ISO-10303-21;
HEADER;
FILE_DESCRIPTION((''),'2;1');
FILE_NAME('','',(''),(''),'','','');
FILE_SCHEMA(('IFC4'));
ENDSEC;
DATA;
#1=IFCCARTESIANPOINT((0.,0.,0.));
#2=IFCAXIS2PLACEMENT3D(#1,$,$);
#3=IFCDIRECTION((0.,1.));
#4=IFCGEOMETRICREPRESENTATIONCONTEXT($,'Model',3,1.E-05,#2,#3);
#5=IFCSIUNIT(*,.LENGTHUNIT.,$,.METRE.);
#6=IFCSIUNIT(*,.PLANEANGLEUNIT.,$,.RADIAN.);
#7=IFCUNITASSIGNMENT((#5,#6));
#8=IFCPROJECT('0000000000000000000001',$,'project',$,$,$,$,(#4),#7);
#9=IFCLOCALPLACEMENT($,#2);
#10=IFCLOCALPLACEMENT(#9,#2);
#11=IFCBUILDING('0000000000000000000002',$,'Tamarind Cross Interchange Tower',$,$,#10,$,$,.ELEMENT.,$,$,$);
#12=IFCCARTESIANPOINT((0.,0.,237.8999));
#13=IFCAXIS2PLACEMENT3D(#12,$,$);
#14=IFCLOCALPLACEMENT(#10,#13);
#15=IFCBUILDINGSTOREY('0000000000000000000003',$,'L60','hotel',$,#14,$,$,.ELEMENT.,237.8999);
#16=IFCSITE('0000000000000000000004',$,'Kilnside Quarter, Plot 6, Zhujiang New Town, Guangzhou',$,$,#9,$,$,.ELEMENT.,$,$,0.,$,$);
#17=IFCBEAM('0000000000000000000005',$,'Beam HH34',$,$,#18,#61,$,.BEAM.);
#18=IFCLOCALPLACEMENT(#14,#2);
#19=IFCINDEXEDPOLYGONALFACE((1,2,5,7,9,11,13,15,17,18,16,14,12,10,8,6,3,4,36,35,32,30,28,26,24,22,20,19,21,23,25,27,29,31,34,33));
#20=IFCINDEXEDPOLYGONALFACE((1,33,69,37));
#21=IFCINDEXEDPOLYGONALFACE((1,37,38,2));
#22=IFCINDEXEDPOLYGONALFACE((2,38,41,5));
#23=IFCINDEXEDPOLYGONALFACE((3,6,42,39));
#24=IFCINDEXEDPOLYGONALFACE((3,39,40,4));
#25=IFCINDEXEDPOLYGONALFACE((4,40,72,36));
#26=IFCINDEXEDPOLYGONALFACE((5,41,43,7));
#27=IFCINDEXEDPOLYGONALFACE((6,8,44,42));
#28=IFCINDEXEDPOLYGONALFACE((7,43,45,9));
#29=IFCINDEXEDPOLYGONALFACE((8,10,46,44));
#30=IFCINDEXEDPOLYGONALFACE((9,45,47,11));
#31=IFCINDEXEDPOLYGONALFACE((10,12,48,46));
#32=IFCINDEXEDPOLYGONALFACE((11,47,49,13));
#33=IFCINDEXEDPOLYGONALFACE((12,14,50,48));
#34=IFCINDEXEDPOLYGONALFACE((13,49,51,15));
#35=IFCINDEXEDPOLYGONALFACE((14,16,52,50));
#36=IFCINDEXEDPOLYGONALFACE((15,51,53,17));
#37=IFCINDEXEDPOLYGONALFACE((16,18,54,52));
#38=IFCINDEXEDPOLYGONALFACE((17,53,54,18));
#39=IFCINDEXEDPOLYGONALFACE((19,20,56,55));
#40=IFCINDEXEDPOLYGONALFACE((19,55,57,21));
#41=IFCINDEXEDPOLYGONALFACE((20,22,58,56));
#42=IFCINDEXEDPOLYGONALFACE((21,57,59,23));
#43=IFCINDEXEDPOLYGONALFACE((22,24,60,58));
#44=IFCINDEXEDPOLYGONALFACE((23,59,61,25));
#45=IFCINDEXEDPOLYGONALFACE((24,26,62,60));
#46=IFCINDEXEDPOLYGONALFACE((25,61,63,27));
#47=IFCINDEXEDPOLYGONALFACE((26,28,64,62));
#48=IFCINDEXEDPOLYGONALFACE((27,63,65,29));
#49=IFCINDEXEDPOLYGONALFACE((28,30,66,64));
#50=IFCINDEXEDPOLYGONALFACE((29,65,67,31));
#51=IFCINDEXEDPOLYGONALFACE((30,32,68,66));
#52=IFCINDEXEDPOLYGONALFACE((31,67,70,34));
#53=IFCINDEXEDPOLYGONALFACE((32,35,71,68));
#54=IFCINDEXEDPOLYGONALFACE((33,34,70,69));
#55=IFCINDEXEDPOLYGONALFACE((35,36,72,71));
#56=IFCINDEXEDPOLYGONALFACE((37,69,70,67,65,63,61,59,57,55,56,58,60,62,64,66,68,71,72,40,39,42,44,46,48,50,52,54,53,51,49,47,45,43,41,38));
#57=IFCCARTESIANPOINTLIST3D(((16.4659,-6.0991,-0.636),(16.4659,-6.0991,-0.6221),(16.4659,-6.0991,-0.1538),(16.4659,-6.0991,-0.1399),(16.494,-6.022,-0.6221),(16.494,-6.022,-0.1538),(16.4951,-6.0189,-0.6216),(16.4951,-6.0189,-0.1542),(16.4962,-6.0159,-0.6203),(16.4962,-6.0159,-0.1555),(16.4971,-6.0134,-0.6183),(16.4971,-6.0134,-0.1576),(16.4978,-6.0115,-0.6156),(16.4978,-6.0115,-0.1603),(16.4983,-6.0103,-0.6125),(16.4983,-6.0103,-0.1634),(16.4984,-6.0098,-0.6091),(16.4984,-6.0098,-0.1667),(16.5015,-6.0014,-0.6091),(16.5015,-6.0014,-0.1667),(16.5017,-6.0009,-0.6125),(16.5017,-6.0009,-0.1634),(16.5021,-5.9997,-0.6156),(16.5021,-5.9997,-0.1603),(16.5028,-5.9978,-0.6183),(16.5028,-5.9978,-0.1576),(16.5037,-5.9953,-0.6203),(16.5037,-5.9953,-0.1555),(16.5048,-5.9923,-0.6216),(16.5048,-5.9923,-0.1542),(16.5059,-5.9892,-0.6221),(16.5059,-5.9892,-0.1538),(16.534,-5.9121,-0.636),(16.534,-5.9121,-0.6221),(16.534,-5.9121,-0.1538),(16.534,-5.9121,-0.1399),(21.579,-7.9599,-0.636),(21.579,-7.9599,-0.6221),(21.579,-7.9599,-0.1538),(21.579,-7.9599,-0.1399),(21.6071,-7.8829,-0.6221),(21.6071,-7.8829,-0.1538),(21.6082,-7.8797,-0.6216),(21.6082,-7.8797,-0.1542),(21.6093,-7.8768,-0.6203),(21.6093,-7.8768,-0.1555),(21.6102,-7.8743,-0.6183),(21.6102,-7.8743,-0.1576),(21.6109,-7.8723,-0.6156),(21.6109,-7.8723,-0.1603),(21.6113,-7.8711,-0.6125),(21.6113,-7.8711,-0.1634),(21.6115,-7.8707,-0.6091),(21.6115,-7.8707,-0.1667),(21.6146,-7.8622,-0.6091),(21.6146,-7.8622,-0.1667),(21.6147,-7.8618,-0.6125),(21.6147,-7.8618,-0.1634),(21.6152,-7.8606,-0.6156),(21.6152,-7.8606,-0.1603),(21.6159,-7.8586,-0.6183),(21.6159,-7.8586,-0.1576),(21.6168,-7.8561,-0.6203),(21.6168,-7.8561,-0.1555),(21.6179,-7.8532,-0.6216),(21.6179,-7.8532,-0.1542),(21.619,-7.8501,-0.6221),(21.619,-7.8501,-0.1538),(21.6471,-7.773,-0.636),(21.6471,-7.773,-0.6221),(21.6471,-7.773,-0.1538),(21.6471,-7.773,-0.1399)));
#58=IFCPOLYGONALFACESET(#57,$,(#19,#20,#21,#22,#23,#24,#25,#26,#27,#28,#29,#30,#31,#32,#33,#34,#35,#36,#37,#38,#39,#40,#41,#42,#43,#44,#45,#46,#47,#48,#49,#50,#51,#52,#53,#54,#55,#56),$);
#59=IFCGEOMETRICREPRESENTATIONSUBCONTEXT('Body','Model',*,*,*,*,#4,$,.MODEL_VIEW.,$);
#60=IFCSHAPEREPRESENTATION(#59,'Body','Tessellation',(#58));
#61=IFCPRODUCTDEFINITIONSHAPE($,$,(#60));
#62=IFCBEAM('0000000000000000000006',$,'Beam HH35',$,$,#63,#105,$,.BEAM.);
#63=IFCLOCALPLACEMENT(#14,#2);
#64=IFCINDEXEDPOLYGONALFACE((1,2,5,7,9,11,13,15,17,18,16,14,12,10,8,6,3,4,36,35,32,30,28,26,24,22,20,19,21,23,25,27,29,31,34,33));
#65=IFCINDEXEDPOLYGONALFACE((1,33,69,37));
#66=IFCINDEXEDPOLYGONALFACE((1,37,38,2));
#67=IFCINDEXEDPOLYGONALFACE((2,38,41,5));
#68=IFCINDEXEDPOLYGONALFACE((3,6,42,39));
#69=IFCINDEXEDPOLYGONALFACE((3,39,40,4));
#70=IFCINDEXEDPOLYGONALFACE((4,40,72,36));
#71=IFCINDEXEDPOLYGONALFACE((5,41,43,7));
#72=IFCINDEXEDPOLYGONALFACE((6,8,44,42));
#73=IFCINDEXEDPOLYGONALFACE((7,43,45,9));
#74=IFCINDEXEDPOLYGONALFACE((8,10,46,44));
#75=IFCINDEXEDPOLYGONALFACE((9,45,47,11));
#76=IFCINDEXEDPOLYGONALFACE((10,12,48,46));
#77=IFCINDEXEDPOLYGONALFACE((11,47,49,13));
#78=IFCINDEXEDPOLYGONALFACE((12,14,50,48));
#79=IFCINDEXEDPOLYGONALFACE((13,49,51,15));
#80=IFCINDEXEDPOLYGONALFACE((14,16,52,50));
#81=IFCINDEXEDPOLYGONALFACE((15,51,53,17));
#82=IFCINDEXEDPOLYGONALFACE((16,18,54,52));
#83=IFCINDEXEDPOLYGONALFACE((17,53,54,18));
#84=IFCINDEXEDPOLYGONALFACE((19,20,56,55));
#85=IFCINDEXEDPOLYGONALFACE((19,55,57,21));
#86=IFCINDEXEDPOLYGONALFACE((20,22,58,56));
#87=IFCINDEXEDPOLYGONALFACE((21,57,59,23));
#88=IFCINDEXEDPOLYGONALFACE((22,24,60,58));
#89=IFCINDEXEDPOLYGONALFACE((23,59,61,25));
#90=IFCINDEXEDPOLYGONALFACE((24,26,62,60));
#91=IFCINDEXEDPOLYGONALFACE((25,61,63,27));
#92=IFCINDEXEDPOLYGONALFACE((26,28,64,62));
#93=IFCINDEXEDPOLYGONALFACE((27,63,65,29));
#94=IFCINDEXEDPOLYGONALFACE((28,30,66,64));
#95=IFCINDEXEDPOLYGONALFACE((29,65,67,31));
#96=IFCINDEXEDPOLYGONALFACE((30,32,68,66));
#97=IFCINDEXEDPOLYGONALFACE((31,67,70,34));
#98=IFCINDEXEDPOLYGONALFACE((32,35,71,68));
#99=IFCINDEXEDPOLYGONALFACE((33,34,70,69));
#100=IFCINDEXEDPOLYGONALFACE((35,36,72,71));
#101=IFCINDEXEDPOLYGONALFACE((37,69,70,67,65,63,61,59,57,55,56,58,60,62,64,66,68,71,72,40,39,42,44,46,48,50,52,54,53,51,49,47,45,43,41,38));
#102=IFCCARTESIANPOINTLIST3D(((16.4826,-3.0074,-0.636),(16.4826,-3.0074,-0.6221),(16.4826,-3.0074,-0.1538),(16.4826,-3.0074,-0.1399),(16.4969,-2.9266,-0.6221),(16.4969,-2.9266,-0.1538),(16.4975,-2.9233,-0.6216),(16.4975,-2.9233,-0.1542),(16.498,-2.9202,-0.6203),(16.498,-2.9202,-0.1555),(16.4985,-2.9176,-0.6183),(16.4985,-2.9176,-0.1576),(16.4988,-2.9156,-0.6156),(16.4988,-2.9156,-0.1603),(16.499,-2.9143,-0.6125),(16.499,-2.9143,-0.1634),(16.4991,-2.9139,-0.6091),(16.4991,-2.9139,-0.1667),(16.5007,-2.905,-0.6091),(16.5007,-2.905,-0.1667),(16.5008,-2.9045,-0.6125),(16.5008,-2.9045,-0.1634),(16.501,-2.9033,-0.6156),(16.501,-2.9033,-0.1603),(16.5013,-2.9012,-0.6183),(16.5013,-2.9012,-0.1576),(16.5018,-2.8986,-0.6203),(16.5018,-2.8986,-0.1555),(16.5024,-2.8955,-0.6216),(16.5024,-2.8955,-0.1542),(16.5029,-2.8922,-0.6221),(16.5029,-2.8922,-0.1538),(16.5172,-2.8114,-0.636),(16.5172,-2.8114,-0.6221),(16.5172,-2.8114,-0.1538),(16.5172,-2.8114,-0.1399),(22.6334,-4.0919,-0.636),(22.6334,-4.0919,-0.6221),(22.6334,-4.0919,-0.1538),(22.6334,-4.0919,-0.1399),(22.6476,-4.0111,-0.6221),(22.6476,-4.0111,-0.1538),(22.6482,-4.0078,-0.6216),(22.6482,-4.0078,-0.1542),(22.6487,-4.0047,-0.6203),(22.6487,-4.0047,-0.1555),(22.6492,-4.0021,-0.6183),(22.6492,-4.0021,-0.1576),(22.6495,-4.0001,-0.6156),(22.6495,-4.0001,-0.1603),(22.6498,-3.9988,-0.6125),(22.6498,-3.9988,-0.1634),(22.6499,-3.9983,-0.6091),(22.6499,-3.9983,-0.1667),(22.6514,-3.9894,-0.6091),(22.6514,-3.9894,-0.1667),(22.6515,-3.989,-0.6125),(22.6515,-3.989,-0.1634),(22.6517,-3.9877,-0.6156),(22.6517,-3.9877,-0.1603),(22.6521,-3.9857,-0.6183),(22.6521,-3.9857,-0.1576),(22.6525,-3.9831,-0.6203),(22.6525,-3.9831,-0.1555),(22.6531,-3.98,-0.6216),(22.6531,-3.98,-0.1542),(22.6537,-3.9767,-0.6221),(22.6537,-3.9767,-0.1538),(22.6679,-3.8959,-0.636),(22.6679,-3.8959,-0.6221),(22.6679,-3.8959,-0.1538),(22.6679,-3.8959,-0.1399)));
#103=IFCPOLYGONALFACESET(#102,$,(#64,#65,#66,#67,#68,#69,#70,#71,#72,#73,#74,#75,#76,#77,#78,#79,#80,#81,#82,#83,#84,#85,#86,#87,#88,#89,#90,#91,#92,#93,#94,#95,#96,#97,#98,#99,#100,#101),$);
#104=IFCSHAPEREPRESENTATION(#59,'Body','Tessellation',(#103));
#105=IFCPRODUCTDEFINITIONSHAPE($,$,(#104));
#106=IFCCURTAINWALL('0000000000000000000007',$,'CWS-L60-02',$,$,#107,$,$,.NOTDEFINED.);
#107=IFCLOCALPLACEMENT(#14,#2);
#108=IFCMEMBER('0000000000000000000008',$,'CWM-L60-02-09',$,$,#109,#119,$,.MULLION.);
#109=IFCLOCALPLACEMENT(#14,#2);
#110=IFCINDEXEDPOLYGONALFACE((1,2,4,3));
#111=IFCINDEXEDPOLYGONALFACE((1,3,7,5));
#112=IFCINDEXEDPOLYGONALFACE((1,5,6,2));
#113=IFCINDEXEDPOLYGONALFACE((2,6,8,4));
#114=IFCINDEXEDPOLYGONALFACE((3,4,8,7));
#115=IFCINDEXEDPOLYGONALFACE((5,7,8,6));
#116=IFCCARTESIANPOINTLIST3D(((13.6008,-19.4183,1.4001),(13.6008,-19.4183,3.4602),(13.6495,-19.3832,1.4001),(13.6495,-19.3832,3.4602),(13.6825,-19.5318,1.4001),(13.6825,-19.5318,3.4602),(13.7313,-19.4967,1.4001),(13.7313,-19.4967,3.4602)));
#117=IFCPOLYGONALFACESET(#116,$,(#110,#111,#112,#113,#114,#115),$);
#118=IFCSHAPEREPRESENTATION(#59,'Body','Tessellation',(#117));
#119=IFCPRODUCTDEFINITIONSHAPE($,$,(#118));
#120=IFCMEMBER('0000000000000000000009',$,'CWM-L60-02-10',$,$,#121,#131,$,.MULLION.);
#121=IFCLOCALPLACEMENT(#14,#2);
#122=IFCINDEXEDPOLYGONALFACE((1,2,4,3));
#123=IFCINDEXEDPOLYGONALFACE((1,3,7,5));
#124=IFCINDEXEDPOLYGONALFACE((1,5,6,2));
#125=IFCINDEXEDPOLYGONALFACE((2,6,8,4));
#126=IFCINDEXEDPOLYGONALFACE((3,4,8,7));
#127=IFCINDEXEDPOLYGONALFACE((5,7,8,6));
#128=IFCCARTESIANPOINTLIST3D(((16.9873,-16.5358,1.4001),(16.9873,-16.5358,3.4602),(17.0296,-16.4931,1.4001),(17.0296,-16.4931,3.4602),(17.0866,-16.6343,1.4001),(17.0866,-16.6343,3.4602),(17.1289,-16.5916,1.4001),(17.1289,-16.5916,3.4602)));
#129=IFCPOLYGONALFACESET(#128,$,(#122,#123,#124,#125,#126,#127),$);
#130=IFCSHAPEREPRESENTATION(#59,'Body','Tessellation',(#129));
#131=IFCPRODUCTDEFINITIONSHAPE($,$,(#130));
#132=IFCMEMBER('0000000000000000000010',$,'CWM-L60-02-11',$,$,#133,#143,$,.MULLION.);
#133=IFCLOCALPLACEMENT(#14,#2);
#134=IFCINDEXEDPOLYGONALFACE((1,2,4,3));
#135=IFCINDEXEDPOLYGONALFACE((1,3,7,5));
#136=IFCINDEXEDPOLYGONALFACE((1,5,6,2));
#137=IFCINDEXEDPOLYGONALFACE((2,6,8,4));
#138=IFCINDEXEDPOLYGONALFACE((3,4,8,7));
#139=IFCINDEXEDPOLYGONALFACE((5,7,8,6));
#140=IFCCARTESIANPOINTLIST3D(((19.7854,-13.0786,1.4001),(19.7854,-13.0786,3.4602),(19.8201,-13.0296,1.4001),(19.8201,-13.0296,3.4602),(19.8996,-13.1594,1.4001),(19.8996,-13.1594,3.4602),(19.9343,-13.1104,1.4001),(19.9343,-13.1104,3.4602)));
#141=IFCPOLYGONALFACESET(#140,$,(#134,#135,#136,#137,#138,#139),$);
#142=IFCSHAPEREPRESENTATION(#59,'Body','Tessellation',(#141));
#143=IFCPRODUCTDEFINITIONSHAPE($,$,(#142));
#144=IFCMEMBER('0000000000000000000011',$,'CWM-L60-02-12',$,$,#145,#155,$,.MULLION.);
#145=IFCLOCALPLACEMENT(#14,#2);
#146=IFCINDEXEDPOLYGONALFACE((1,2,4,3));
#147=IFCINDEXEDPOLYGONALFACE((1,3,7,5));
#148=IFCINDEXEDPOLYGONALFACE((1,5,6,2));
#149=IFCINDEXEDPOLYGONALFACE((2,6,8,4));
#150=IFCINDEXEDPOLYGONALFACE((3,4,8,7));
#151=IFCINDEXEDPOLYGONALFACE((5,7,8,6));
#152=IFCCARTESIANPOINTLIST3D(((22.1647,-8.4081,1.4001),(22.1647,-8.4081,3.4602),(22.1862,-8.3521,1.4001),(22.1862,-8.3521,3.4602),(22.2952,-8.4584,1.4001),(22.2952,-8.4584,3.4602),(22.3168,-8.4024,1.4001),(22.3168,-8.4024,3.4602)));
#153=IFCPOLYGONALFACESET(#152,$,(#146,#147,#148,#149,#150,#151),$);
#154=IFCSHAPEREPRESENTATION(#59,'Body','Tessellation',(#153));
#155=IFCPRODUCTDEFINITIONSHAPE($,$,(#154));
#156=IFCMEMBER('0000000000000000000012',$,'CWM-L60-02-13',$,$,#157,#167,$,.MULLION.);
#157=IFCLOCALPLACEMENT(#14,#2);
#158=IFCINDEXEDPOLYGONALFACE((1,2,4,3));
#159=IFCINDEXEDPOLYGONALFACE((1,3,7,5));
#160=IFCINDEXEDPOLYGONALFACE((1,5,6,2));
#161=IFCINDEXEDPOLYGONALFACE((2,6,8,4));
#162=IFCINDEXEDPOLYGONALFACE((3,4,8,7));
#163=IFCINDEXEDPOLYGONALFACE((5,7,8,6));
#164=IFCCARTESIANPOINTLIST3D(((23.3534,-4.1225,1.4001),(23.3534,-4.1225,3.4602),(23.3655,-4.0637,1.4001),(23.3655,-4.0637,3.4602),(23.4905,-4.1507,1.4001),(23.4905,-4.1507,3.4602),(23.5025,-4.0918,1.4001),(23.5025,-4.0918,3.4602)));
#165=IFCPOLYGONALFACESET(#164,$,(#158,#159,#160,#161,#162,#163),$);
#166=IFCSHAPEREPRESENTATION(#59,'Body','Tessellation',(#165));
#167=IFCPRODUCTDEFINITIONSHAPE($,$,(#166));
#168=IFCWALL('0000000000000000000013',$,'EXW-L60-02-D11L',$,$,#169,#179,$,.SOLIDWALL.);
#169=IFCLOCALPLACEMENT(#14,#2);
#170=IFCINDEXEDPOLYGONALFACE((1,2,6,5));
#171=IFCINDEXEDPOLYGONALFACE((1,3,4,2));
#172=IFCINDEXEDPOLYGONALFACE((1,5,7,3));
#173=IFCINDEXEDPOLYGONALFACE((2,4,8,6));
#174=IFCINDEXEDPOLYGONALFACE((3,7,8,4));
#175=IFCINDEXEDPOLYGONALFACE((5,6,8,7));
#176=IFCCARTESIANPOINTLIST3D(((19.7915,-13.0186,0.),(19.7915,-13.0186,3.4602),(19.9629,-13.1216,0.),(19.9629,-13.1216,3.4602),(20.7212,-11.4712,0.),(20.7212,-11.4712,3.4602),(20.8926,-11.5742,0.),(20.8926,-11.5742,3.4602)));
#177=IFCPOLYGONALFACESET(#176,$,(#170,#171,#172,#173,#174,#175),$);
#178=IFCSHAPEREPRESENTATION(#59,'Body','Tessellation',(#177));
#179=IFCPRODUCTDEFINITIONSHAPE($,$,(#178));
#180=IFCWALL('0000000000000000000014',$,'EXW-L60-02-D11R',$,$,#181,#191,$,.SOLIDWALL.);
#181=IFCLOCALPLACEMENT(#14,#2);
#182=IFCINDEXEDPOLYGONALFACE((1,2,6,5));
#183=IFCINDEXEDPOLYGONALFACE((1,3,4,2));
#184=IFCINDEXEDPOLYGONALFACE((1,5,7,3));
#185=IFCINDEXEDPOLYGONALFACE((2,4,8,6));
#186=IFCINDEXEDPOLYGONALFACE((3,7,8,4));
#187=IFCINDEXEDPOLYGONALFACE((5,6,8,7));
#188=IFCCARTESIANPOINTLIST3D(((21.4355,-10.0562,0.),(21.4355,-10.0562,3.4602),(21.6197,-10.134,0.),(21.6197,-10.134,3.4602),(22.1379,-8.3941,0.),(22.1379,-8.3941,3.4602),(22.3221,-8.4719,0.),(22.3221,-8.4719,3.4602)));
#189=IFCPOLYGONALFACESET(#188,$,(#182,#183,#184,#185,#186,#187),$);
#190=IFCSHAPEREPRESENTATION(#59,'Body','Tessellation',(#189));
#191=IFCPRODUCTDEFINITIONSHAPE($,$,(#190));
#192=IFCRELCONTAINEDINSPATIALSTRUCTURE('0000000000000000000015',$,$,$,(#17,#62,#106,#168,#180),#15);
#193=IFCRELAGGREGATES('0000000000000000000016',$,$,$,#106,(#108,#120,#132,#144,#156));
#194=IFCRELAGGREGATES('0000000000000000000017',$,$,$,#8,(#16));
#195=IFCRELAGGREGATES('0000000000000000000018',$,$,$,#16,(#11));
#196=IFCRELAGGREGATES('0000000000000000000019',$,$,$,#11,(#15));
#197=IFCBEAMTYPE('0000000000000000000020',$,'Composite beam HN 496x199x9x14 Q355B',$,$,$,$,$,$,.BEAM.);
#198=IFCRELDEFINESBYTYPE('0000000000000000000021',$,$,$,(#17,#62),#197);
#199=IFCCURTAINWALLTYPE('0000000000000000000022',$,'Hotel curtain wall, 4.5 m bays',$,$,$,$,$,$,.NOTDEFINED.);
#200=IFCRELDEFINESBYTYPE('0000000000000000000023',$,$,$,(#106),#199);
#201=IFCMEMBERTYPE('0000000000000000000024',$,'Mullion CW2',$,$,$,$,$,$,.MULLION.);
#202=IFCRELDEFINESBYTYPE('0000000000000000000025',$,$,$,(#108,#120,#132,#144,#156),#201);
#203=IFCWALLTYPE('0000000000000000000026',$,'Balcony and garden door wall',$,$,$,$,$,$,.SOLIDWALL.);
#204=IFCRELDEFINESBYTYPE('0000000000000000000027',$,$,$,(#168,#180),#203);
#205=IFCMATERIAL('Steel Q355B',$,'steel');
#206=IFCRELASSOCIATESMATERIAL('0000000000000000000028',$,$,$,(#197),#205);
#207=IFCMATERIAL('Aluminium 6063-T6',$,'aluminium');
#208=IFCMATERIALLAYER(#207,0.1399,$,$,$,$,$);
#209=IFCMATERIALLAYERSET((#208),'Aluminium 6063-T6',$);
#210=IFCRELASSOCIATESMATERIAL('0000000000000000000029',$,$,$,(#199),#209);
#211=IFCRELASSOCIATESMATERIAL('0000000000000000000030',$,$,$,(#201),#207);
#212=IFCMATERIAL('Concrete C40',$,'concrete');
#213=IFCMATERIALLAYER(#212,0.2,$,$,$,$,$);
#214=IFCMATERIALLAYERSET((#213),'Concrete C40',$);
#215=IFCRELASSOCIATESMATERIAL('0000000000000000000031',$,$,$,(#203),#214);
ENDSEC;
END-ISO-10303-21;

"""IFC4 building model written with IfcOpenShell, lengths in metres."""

from ifc_helpers import new_model, si_unit, direction, frame, frame_2d, origin, origin_2d, place, context, subcontext, project, spatial, rectangle, i_section, extrude, material, layer, layer_set, material_profile, profile_set, type_object, element, aggregate, save


model = new_model("IFC4")

# Units and contexts
model_context = context("Model", 3, precision=1e-05, world=origin(), true_north=direction((0.0, 1.0)))
body_context = subcontext(model_context, "Body", "Model", "MODEL_VIEW")
ifc_project = project(units=[si_unit("LENGTHUNIT", "METRE"), si_unit("PLANEANGLEUNIT", "RADIAN")], contexts=[model_context])

# Site, building, storey
site_placement = place(None, origin())
site = spatial("IfcSite", under=ifc_project, at=site_placement, Name="Kilnside Quarter, Plot 6, Zhujiang New Town, Guangzhou", CompositionType="ELEMENT", RefElevation=0.0)
building_placement = place(site_placement, origin())
building = spatial("IfcBuilding", under=site, at=building_placement, Name="Tamarind Cross Interchange Tower", CompositionType="ELEMENT")
storey_placement = place(building_placement, frame((0.0, 0.0, 237.8999)))
storey = spatial("IfcBuildingStorey", under=building, at=storey_placement, Name="L60", Description="hotel", CompositionType="ELEMENT", Elevation=237.8999)

# Beams
ifc_material_1 = material(Name="Steel Q355B", Category="steel")
ifc_material_profile_1 = material_profile(ifc_material_1, i_section(OverallWidth=0.199, OverallDepth=0.4961, WebThickness=0.009, FlangeThickness=0.0139, FilletRadius=0.0129, at=origin_2d()), Name="HN 496x199x9x14")
ifc_profile_set_1 = profile_set([ifc_material_profile_1], Name="Steel Q355B")
beam_type = type_object("IfcBeamType", Name="Composite beam HN 496x199x9x14 Q355B", PredefinedType="BEAM", material=ifc_profile_set_1)
beam_1_placement = place(storey_placement, frame((21.613, -7.8665, -0.3879), z_axis=(-0.939702, 0.341995, 0.0), x_axis=(-0.341995, -0.939702, 0.0)))
element("IfcBeam", 1, at=beam_1_placement, inside=storey, type_object=beam_type, Name="Beam HH34", PredefinedType="BEAM", context=body_context, shape_type="SweptSolid", body=[
    extrude(i_section(OverallWidth=0.199, OverallDepth=0.4961, WebThickness=0.009, FlangeThickness=0.0139, FilletRadius=0.0129, at=origin_2d()), origin(), (0.0, 0.0, 1.0), 5.4412),
])
beam_2_placement = place(storey_placement, frame((22.6506, -3.9939, -0.3879), z_axis=(-0.984809, 0.17364, 0.0), x_axis=(-0.17364, -0.984809, 0.0)))
element("IfcBeam", 2, at=beam_2_placement, inside=storey, type_object=beam_type, Name="Beam HH35", PredefinedType="BEAM", context=body_context, shape_type="SweptSolid", body=[
    extrude(i_section(OverallWidth=0.199, OverallDepth=0.4961, WebThickness=0.009, FlangeThickness=0.0139, FilletRadius=0.0129, at=origin_2d()), origin(), (0.0, 0.0, 1.0), 6.2456),
])

# Curtain wall, members
ifc_material_2 = material(Name="Aluminium 6063-T6", Category="aluminium")
ifc_layer_1 = layer(ifc_material_2, 0.1399)
ifc_layer_set_1 = layer_set([ifc_layer_1], Name="Aluminium 6063-T6")
curtain_wall_type = type_object("IfcCurtainWallType", Name="Hotel curtain wall, 4.5 m bays", PredefinedType="NOTDEFINED", material=ifc_layer_set_1)
curtain_wall_placement = place(storey_placement, origin())
curtain_wall = element("IfcCurtainWall", 3, at=curtain_wall_placement, inside=storey, type_object=curtain_wall_type, Name="CWS-L60-02", PredefinedType="NOTDEFINED")
ifc_material_profile_2 = material_profile(ifc_material_2, rectangle(XDim=0.0601, YDim=0.1399, at=origin_2d()), Name="Mullion CW2")
ifc_profile_set_2 = profile_set([ifc_material_profile_2], Name="Aluminium 6063-T6")
member_type = type_object("IfcMemberType", Name="Mullion CW2", PredefinedType="MULLION", material=ifc_profile_set_2)
member_1_placement = place(storey_placement, frame((13.666, -19.4575, 1.4001), z_axis=(0.0, 0.0, 1.0), x_axis=(0.81134, 0.584574, 0.0)))
member_1 = element("IfcMember", 4, at=member_1_placement, type_object=member_type, Name="CWM-L60-02-09", PredefinedType="MULLION", context=body_context, shape_type="SweptSolid", body=[
    extrude(rectangle(XDim=0.0601, YDim=0.1399, at=origin_2d()), origin(), (0.0, 0.0, 1.0), 2.0601),
])
member_2_placement = place(storey_placement, frame((17.0581, -16.5637, 1.4001), z_axis=(0.0, 0.0, 1.0), x_axis=(0.704057, 0.710143, 0.0)))
member_2 = element("IfcMember", 5, at=member_2_placement, type_object=member_type, Name="CWM-L60-02-10", PredefinedType="MULLION", context=body_context, shape_type="SweptSolid", body=[
    extrude(rectangle(XDim=0.0601, YDim=0.1399, at=origin_2d()), origin(), (0.0, 0.0, 1.0), 2.0601),
])
member_3_placement = place(storey_placement, frame((19.8599, -13.0945, 1.4001), z_axis=(0.0, 0.0, 1.0), x_axis=(0.577569, 0.816342, 0.0)))
member_3 = element("IfcMember", 6, at=member_3_placement, type_object=member_type, Name="CWM-L60-02-11", PredefinedType="MULLION", context=body_context, shape_type="SweptSolid", body=[
    extrude(rectangle(XDim=0.0601, YDim=0.1399, at=origin_2d()), origin(), (0.0, 0.0, 1.0), 2.0601),
])
member_4_placement = place(storey_placement, frame((22.2407, -8.4053, 1.4001), z_axis=(0.0, 0.0, 1.0), x_axis=(0.359495, 0.933147, 0.0)))
member_4 = element("IfcMember", 7, at=member_4_placement, type_object=member_type, Name="CWM-L60-02-12", PredefinedType="MULLION", context=body_context, shape_type="SweptSolid", body=[
    extrude(rectangle(XDim=0.0601, YDim=0.1399, at=origin_2d()), origin(), (0.0, 0.0, 1.0), 2.0601),
])
member_5_placement = place(storey_placement, frame((23.428, -4.1072, 1.4001), z_axis=(0.0, 0.0, 1.0), x_axis=(0.201001, 0.979591, 0.0)))
member_5 = element("IfcMember", 8, at=member_5_placement, type_object=member_type, Name="CWM-L60-02-13", PredefinedType="MULLION", context=body_context, shape_type="SweptSolid", body=[
    extrude(rectangle(XDim=0.0601, YDim=0.1399, at=origin_2d()), origin(), (0.0, 0.0, 1.0), 2.0601),
])
aggregate(curtain_wall, [member_1, member_2, member_3, member_4, member_5])

# Walls
ifc_material_3 = material(Name="Concrete C40", Category="concrete")
ifc_layer_2 = layer(ifc_material_3, 0.2)
ifc_layer_set_2 = layer_set([ifc_layer_2], Name="Concrete C40")
wall_type_1 = type_object("IfcWallType", Name="Balcony and garden door wall", PredefinedType="SOLIDWALL", material=ifc_layer_set_2)
wall_1_placement = place(storey_placement, frame((19.8772, -13.0701, 0.0), z_axis=(0.0, 0.0, 1.0), x_axis=(0.515013, 0.857183, 0.0)))
element("IfcWall", 9, at=wall_1_placement, inside=storey, type_object=wall_type_1, Name="EXW-L60-02-D11L", PredefinedType="SOLIDWALL", context=body_context, shape_type="SweptSolid", body=[
    extrude(rectangle(XDim=1.8052, YDim=0.2, at=frame_2d((0.9026, 0.0))), origin(), (0.0, 0.0, 1.0), 3.4602),
])
wall_2_placement = place(storey_placement, frame((21.5276, -10.0952, 0.0), z_axis=(0.0, 0.0, 1.0), x_axis=(0.38926, 0.921128, 0.0)))
element("IfcWall", 10, at=wall_2_placement, inside=storey, type_object=wall_type_1, Name="EXW-L60-02-D11R", PredefinedType="SOLIDWALL", context=body_context, shape_type="SweptSolid", body=[
    extrude(rectangle(XDim=1.8044, YDim=0.2, at=frame_2d((0.9023, 0.0))), origin(), (0.0, 0.0, 1.0), 3.4602),
])

save(model, "model.ifc")
